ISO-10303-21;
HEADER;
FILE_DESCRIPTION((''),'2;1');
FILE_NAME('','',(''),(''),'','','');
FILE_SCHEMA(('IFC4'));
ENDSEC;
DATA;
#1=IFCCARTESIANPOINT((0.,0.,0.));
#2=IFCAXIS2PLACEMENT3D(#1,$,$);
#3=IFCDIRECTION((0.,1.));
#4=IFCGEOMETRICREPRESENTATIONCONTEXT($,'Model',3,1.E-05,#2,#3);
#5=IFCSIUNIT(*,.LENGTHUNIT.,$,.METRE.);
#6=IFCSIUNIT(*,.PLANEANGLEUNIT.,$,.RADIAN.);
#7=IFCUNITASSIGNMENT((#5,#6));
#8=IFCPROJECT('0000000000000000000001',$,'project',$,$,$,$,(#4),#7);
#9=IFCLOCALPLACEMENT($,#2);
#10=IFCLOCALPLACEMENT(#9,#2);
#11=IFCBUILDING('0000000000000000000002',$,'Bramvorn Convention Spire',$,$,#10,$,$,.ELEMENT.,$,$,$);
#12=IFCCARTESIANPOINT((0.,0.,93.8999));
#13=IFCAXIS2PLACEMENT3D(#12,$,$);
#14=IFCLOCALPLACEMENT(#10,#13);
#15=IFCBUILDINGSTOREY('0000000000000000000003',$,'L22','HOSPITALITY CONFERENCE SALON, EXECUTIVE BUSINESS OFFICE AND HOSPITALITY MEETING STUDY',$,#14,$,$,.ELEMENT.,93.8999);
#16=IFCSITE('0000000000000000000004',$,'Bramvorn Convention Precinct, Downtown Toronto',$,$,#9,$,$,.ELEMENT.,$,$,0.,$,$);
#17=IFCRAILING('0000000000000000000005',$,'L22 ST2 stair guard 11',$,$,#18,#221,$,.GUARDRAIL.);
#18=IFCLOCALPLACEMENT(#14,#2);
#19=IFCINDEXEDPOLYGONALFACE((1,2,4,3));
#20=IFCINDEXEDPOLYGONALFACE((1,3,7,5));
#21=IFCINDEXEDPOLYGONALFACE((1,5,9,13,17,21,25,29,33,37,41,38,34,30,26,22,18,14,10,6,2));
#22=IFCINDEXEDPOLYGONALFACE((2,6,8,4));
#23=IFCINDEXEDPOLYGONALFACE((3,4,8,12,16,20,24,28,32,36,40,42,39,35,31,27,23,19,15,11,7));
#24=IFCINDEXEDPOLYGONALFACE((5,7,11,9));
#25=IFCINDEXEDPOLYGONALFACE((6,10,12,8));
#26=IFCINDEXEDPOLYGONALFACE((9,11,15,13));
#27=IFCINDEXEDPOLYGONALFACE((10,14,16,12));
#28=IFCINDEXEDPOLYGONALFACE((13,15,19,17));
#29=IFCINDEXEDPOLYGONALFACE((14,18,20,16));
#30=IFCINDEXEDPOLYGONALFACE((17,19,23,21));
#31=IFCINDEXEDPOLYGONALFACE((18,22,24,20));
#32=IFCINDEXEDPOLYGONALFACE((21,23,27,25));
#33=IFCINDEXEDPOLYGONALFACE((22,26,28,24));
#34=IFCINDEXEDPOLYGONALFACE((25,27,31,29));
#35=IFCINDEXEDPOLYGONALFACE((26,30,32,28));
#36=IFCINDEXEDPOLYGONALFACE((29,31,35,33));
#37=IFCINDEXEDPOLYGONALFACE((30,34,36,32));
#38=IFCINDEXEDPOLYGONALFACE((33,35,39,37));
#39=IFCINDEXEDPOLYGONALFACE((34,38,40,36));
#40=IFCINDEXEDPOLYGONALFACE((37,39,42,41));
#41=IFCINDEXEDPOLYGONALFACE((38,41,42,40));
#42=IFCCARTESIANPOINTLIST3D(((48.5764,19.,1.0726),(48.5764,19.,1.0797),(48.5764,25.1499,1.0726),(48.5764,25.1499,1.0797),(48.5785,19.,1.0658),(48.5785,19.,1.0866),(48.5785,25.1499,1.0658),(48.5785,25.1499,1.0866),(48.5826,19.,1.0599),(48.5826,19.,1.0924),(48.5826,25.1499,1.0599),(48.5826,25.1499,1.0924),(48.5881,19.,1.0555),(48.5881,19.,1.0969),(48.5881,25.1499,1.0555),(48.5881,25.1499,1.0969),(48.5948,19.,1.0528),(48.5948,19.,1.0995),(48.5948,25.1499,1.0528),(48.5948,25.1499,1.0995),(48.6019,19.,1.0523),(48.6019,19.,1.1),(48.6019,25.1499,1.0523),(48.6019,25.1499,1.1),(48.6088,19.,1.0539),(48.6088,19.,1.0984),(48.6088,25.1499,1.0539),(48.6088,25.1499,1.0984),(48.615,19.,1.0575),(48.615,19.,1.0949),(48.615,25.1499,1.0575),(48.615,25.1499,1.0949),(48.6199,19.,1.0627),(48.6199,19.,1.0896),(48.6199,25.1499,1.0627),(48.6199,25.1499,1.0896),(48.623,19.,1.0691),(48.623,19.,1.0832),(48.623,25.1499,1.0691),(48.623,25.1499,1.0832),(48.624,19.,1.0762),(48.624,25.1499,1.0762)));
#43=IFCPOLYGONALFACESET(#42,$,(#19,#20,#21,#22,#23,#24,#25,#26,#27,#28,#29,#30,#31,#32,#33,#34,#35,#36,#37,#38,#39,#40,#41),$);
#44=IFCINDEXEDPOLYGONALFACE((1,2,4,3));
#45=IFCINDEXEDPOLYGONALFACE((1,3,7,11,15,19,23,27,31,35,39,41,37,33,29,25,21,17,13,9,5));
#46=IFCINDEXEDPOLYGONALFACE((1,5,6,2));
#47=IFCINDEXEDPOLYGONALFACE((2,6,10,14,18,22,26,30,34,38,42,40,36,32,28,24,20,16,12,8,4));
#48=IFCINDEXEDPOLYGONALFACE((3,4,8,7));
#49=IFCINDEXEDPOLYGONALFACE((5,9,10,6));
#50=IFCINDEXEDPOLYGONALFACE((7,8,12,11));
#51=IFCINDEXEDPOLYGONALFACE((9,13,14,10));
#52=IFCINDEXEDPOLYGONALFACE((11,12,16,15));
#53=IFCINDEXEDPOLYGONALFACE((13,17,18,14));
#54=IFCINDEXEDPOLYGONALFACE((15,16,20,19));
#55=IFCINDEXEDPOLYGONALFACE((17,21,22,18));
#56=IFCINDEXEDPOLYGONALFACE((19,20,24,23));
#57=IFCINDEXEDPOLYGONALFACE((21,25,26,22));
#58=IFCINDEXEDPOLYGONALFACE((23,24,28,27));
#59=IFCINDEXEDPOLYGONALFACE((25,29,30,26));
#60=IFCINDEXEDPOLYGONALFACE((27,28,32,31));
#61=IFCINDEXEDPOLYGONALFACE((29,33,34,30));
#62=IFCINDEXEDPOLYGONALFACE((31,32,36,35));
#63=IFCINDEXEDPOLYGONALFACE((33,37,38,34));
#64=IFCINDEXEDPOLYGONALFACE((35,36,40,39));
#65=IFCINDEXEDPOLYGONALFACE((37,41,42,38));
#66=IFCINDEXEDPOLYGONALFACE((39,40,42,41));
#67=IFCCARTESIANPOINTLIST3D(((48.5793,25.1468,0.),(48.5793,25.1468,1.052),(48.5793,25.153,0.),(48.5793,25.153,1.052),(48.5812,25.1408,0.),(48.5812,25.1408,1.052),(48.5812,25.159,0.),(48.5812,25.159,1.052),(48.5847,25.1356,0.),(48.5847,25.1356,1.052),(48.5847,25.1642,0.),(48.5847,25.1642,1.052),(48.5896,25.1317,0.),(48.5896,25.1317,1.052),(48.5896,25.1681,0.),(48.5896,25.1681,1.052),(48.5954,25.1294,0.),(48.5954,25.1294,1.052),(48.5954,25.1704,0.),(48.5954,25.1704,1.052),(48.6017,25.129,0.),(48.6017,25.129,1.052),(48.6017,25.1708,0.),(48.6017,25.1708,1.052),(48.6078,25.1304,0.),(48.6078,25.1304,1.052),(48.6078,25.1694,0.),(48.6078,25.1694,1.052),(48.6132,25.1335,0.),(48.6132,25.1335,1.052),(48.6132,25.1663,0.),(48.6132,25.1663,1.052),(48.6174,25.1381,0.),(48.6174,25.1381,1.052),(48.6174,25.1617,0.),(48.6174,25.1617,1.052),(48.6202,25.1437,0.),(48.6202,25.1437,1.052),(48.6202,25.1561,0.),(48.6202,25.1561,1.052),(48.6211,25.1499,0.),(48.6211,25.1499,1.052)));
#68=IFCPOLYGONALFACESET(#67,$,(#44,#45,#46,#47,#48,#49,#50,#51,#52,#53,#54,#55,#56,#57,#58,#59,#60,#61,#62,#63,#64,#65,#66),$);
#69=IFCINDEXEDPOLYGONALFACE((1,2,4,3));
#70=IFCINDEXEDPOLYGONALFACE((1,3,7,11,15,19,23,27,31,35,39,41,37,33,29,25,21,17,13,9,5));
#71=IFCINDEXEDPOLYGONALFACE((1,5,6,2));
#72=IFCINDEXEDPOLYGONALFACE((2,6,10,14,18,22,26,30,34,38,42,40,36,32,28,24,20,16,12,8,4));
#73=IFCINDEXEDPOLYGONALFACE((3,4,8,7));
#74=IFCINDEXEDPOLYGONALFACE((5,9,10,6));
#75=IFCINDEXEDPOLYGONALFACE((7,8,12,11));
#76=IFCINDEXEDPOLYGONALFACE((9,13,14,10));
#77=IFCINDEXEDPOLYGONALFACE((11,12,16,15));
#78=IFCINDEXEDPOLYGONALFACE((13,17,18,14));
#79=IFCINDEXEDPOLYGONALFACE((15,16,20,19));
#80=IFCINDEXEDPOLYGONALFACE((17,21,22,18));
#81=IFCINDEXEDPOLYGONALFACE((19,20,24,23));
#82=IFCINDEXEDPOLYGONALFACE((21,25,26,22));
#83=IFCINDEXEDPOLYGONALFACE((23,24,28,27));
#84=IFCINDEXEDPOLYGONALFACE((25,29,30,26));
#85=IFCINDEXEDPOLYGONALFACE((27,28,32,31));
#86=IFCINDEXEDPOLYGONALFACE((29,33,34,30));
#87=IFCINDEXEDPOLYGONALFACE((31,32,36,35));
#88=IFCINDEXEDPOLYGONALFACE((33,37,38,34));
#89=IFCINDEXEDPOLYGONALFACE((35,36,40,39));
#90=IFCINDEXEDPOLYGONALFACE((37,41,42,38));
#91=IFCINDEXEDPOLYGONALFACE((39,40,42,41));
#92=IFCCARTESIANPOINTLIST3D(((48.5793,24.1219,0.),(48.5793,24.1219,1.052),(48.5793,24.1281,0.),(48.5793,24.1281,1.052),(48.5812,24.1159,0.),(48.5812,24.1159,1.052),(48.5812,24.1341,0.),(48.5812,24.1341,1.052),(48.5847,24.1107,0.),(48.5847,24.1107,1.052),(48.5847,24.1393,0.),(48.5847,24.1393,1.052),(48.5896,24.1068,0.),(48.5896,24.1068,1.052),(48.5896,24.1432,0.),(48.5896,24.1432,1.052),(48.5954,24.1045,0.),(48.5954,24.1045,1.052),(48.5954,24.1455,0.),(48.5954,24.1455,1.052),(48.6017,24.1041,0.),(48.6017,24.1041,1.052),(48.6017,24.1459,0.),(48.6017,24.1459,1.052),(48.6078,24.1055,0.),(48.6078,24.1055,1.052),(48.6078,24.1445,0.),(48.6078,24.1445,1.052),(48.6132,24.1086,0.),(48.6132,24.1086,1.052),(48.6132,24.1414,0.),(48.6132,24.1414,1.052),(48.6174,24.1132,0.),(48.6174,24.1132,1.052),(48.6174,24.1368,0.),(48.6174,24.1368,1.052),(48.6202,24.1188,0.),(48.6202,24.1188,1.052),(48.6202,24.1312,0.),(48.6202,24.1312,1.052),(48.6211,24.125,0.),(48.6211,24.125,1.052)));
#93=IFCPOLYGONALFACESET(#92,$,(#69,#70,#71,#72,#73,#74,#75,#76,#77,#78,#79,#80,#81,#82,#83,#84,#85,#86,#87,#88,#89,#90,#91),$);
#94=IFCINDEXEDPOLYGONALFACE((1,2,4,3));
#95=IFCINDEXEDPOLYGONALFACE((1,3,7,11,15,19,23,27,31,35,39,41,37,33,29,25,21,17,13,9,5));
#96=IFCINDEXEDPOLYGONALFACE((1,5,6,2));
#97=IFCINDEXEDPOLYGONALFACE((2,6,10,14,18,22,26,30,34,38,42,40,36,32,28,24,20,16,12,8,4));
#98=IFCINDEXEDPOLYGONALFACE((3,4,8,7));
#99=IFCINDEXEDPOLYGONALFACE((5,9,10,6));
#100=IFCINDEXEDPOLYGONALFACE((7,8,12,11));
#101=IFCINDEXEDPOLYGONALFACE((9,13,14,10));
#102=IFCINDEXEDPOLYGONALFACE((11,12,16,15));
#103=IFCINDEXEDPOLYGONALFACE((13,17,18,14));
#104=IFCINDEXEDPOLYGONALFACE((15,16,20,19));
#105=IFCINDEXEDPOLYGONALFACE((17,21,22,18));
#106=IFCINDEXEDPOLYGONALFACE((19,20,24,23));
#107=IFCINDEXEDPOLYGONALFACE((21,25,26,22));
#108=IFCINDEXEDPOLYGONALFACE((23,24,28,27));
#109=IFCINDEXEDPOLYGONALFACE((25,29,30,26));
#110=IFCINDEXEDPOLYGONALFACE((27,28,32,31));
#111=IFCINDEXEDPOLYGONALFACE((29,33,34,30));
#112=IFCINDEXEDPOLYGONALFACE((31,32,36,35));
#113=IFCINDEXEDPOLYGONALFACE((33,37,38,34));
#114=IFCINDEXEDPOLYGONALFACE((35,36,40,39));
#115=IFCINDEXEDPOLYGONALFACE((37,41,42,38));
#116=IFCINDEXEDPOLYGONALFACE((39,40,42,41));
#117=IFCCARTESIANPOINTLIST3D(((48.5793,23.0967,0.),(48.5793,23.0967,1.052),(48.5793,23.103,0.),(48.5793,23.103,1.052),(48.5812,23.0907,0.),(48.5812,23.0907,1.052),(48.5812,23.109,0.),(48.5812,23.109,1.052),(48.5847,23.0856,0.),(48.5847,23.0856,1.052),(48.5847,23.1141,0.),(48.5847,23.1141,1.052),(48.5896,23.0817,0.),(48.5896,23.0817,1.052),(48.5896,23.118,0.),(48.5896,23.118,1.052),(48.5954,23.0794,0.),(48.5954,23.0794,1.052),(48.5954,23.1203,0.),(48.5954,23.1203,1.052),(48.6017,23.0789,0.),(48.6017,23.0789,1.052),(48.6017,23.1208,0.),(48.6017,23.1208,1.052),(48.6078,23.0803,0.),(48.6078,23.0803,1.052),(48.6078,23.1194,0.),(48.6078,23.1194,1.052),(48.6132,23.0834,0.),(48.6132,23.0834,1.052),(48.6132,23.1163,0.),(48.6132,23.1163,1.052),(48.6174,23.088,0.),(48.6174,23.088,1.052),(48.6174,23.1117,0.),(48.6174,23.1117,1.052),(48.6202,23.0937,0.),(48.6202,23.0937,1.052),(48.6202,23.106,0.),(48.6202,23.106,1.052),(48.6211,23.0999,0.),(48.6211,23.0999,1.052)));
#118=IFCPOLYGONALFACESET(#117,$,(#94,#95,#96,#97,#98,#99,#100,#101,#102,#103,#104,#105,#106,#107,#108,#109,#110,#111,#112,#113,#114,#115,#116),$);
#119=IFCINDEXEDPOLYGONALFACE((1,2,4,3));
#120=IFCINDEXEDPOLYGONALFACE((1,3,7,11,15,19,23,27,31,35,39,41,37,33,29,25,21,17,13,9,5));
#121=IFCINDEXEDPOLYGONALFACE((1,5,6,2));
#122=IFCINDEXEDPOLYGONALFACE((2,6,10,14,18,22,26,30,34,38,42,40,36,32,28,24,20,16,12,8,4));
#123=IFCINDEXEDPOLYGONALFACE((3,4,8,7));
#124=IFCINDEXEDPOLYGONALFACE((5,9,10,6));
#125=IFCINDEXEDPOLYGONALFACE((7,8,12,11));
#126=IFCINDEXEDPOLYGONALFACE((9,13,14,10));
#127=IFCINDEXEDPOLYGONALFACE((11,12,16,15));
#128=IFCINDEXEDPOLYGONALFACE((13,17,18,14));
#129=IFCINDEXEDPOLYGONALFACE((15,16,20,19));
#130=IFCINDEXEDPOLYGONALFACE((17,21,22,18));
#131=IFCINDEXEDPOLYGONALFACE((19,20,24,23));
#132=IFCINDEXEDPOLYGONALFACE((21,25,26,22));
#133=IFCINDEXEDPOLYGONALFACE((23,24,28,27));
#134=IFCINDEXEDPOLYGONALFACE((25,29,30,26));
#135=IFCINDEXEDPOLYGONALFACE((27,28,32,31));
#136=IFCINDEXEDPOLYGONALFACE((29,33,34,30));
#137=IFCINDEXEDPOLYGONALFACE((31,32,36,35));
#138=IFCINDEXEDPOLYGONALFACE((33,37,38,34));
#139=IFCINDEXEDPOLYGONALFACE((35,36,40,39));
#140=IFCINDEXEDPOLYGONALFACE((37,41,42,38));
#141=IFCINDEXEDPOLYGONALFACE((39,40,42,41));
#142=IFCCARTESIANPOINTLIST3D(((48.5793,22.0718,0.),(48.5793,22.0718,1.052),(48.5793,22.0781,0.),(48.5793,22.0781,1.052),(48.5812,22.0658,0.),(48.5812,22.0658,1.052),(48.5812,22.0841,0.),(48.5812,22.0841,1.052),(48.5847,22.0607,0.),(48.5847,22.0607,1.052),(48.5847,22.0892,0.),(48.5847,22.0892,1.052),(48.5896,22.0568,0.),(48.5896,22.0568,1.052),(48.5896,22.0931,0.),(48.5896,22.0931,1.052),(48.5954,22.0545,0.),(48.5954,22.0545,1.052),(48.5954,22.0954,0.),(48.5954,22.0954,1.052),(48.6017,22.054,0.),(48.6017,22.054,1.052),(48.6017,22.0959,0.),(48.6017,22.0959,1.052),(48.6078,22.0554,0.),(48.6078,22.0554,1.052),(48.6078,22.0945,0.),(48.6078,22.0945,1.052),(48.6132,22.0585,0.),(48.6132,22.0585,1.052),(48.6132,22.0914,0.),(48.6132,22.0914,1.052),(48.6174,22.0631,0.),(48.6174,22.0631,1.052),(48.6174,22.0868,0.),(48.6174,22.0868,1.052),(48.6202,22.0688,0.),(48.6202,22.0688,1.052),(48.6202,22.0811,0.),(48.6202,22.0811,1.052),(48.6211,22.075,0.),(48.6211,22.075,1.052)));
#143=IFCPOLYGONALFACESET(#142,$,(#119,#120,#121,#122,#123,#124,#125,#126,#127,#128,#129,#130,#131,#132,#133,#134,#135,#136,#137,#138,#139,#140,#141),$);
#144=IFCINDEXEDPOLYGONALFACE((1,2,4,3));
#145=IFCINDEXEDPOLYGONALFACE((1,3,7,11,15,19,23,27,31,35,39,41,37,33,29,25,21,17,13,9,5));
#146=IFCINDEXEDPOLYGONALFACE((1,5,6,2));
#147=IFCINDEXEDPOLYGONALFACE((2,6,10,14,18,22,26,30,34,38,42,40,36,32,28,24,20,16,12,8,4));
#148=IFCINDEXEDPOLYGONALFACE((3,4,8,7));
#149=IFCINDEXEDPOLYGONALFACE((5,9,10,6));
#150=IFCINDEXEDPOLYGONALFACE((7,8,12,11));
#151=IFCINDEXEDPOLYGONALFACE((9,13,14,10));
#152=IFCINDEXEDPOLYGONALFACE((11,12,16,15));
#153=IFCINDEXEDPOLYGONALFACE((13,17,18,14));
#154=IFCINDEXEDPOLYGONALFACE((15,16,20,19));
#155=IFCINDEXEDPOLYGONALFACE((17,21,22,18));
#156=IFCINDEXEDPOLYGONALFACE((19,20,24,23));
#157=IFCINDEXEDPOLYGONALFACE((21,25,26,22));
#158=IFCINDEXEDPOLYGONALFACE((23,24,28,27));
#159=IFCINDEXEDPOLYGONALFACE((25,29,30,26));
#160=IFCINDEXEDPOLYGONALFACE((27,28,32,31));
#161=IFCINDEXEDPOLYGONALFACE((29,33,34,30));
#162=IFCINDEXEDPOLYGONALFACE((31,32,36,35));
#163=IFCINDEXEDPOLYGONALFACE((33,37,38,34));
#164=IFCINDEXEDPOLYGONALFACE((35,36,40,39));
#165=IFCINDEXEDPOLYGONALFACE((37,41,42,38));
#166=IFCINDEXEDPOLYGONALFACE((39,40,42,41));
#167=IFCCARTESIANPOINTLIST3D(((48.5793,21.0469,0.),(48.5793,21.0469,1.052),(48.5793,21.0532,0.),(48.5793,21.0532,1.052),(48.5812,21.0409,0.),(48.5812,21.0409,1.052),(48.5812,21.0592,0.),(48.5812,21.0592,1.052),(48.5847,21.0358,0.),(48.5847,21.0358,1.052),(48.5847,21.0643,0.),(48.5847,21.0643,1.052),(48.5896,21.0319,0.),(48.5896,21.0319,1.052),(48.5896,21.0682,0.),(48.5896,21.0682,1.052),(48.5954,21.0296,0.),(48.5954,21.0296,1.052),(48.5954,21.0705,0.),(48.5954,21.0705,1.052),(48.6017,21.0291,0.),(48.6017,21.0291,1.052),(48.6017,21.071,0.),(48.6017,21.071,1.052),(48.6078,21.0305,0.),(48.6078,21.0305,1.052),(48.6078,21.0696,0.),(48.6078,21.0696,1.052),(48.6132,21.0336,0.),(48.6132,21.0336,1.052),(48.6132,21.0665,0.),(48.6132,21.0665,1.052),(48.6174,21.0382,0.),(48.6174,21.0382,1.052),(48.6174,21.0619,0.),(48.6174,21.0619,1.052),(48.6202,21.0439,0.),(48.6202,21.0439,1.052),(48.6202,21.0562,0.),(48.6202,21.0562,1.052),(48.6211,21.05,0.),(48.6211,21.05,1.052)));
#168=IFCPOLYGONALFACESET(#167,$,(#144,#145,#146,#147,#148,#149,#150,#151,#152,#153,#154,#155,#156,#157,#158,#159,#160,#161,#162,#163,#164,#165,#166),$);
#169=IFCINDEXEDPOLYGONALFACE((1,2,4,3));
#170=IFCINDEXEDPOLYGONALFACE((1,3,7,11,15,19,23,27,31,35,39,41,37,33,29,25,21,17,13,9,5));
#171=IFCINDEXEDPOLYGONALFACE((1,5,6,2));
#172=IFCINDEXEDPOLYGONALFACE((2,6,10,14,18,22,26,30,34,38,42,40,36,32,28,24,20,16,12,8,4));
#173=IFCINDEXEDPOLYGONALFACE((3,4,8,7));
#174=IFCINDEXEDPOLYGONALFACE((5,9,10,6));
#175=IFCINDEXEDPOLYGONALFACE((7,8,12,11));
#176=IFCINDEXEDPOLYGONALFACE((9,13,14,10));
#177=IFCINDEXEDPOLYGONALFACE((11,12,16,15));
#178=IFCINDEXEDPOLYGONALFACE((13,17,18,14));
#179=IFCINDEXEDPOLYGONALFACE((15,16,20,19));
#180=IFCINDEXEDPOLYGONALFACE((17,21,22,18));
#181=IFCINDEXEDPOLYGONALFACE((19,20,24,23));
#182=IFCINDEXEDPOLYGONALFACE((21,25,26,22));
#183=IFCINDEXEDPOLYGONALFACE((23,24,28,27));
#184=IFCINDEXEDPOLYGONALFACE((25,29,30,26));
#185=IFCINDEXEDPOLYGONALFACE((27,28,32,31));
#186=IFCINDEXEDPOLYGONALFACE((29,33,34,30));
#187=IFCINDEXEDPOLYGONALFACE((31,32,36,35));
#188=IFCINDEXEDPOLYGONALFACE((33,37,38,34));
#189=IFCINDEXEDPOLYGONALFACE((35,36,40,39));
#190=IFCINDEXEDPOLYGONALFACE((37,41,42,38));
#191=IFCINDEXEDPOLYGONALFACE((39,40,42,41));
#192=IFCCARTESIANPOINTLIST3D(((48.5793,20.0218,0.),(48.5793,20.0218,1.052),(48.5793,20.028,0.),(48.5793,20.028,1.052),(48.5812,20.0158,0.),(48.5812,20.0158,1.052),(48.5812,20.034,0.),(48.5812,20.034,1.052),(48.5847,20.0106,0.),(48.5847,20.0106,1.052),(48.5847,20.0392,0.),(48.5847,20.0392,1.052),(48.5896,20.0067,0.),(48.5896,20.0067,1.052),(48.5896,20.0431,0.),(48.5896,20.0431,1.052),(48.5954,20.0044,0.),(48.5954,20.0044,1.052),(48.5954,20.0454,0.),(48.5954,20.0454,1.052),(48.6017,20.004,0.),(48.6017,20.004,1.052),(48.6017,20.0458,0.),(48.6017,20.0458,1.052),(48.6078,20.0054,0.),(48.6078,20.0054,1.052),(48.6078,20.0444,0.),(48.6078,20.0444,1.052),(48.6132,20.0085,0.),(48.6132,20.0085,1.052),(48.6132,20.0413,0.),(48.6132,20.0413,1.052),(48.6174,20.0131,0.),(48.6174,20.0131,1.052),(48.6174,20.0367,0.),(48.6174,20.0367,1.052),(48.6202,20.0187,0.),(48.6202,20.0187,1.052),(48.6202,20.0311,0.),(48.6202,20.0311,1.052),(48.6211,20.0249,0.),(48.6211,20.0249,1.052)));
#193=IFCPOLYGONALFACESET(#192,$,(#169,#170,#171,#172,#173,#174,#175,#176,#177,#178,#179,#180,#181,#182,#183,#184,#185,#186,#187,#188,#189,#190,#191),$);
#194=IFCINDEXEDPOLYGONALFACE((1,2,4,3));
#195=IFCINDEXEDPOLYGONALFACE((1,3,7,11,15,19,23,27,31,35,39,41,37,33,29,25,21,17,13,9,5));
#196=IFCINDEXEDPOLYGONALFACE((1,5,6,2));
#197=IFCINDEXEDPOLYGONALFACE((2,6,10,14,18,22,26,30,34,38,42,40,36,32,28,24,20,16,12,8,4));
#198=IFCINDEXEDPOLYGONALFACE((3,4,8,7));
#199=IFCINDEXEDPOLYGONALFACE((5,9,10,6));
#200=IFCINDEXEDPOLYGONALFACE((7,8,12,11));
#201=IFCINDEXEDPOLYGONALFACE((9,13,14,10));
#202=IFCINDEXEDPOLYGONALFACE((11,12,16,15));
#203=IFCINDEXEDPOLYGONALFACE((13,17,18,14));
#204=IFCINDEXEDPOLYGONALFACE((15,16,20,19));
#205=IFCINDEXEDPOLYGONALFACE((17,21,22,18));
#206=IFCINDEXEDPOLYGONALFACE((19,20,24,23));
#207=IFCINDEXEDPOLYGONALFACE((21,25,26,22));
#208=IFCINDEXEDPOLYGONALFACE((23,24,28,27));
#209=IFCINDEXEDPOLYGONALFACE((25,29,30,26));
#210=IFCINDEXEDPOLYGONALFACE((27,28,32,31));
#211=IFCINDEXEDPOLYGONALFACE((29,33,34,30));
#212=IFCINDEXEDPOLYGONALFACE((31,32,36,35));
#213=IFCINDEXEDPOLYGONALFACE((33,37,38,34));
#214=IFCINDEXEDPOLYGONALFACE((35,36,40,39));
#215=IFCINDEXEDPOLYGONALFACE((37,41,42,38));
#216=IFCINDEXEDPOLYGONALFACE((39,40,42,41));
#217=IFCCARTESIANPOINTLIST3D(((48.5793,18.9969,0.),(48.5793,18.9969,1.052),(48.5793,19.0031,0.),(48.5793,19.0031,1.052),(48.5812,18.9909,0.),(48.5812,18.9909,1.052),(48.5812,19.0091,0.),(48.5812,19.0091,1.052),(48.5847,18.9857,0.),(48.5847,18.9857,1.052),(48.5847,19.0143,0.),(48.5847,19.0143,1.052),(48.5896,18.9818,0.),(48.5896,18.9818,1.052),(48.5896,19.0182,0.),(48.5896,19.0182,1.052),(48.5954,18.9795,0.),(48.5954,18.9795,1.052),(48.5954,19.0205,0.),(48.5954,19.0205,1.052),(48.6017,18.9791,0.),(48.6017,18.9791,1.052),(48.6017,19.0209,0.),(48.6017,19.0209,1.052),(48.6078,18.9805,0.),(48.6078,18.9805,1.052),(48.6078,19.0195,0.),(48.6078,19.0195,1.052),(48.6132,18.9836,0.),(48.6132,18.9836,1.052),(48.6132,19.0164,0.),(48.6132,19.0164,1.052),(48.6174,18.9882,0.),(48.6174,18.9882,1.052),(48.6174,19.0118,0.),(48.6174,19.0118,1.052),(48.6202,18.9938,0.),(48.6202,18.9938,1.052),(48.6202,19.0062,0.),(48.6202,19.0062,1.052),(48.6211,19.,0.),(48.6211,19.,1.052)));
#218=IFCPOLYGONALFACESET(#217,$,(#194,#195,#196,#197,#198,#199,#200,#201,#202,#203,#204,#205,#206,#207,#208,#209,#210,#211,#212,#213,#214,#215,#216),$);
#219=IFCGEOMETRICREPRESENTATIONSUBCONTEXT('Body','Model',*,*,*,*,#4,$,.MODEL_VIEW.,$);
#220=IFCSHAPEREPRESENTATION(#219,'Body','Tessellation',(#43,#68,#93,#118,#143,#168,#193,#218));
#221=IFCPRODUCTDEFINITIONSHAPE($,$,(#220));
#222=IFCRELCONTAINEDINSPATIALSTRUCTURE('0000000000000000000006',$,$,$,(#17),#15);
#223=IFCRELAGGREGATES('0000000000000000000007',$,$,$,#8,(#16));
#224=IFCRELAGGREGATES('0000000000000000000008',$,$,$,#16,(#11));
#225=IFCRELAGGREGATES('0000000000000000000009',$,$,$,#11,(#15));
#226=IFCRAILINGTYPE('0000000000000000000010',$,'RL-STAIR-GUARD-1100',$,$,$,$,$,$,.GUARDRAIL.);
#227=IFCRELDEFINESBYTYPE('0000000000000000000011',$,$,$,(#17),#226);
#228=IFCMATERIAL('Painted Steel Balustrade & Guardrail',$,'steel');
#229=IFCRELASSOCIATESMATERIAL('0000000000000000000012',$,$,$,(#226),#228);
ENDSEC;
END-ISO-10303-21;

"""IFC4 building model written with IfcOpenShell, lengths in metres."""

from ifc_helpers import new_model, si_unit, direction, frame, origin, origin_2d, place, context, subcontext, project, spatial, circle, extrude, material, type_object, element, save


model = new_model("IFC4")

# Units and contexts
model_context = context("Model", 3, precision=1e-05, world=origin(), true_north=direction((0.0, 1.0)))
body_context = subcontext(model_context, "Body", "Model", "MODEL_VIEW")
ifc_project = project(units=[si_unit("LENGTHUNIT", "METRE"), si_unit("PLANEANGLEUNIT", "RADIAN")], contexts=[model_context])

# Site, building, storey
site_placement = place(None, origin())
site = spatial("IfcSite", under=ifc_project, at=site_placement, Name="Bramvorn Convention Precinct, Downtown Toronto", CompositionType="ELEMENT", RefElevation=0.0)
building_placement = place(site_placement, origin())
building = spatial("IfcBuilding", under=site, at=building_placement, Name="Bramvorn Convention Spire", CompositionType="ELEMENT")
storey_placement = place(building_placement, frame((0.0, 0.0, 93.8999)))
storey = spatial("IfcBuildingStorey", under=building, at=storey_placement, Name="L22", Description="HOSPITALITY CONFERENCE SALON, EXECUTIVE BUSINESS OFFICE AND HOSPITALITY MEETING STUDY", CompositionType="ELEMENT", Elevation=93.8999)

# Railing
ifc_material_1 = material(Name="Painted Steel Balustrade & Guardrail", Category="steel")
railing_type = type_object("IfcRailingType", Name="RL-STAIR-GUARD-1100", PredefinedType="GUARDRAIL", material=ifc_material_1)
railing_1_placement = place(storey_placement, frame((48.6001, 25.1499, 0.0)))
element("IfcRailing", 1, at=railing_1_placement, inside=storey, type_object=railing_type, Name="L22 ST2 stair guard 11", PredefinedType="GUARDRAIL", context=body_context, shape_type="SweptSolid", body=[
    extrude(circle(Radius=0.0239, at=origin_2d()), frame((0.0, 0.0, 1.0762), z_axis=(0.0, -1.0, 0.0), x_axis=(1.0, 0.0, 0.0)), (0.0, 0.0, 1.0), 6.1499),
    extrude(circle(Radius=0.021, at=origin_2d()), origin(), (0.0, 0.0, 1.0), 1.052),
    extrude(circle(Radius=0.021, at=origin_2d()), frame((0.0, -1.0249, 0.0)), (0.0, 0.0, 1.0), 1.052),
    extrude(circle(Radius=0.021, at=origin_2d()), frame((0.0, -2.05, 0.0)), (0.0, 0.0, 1.0), 1.052),
    extrude(circle(Radius=0.021, at=origin_2d()), frame((0.0, -3.075, 0.0)), (0.0, 0.0, 1.0), 1.052),
    extrude(circle(Radius=0.021, at=origin_2d()), frame((0.0, -4.0999, 0.0)), (0.0, 0.0, 1.0), 1.052),
    extrude(circle(Radius=0.021, at=origin_2d()), frame((0.0, -5.125, 0.0)), (0.0, 0.0, 1.0), 1.052),
    extrude(circle(Radius=0.021, at=origin_2d()), frame((0.0, -6.1499, 0.0)), (0.0, 0.0, 1.0), 1.052),
])

save(model, "model.ifc")
